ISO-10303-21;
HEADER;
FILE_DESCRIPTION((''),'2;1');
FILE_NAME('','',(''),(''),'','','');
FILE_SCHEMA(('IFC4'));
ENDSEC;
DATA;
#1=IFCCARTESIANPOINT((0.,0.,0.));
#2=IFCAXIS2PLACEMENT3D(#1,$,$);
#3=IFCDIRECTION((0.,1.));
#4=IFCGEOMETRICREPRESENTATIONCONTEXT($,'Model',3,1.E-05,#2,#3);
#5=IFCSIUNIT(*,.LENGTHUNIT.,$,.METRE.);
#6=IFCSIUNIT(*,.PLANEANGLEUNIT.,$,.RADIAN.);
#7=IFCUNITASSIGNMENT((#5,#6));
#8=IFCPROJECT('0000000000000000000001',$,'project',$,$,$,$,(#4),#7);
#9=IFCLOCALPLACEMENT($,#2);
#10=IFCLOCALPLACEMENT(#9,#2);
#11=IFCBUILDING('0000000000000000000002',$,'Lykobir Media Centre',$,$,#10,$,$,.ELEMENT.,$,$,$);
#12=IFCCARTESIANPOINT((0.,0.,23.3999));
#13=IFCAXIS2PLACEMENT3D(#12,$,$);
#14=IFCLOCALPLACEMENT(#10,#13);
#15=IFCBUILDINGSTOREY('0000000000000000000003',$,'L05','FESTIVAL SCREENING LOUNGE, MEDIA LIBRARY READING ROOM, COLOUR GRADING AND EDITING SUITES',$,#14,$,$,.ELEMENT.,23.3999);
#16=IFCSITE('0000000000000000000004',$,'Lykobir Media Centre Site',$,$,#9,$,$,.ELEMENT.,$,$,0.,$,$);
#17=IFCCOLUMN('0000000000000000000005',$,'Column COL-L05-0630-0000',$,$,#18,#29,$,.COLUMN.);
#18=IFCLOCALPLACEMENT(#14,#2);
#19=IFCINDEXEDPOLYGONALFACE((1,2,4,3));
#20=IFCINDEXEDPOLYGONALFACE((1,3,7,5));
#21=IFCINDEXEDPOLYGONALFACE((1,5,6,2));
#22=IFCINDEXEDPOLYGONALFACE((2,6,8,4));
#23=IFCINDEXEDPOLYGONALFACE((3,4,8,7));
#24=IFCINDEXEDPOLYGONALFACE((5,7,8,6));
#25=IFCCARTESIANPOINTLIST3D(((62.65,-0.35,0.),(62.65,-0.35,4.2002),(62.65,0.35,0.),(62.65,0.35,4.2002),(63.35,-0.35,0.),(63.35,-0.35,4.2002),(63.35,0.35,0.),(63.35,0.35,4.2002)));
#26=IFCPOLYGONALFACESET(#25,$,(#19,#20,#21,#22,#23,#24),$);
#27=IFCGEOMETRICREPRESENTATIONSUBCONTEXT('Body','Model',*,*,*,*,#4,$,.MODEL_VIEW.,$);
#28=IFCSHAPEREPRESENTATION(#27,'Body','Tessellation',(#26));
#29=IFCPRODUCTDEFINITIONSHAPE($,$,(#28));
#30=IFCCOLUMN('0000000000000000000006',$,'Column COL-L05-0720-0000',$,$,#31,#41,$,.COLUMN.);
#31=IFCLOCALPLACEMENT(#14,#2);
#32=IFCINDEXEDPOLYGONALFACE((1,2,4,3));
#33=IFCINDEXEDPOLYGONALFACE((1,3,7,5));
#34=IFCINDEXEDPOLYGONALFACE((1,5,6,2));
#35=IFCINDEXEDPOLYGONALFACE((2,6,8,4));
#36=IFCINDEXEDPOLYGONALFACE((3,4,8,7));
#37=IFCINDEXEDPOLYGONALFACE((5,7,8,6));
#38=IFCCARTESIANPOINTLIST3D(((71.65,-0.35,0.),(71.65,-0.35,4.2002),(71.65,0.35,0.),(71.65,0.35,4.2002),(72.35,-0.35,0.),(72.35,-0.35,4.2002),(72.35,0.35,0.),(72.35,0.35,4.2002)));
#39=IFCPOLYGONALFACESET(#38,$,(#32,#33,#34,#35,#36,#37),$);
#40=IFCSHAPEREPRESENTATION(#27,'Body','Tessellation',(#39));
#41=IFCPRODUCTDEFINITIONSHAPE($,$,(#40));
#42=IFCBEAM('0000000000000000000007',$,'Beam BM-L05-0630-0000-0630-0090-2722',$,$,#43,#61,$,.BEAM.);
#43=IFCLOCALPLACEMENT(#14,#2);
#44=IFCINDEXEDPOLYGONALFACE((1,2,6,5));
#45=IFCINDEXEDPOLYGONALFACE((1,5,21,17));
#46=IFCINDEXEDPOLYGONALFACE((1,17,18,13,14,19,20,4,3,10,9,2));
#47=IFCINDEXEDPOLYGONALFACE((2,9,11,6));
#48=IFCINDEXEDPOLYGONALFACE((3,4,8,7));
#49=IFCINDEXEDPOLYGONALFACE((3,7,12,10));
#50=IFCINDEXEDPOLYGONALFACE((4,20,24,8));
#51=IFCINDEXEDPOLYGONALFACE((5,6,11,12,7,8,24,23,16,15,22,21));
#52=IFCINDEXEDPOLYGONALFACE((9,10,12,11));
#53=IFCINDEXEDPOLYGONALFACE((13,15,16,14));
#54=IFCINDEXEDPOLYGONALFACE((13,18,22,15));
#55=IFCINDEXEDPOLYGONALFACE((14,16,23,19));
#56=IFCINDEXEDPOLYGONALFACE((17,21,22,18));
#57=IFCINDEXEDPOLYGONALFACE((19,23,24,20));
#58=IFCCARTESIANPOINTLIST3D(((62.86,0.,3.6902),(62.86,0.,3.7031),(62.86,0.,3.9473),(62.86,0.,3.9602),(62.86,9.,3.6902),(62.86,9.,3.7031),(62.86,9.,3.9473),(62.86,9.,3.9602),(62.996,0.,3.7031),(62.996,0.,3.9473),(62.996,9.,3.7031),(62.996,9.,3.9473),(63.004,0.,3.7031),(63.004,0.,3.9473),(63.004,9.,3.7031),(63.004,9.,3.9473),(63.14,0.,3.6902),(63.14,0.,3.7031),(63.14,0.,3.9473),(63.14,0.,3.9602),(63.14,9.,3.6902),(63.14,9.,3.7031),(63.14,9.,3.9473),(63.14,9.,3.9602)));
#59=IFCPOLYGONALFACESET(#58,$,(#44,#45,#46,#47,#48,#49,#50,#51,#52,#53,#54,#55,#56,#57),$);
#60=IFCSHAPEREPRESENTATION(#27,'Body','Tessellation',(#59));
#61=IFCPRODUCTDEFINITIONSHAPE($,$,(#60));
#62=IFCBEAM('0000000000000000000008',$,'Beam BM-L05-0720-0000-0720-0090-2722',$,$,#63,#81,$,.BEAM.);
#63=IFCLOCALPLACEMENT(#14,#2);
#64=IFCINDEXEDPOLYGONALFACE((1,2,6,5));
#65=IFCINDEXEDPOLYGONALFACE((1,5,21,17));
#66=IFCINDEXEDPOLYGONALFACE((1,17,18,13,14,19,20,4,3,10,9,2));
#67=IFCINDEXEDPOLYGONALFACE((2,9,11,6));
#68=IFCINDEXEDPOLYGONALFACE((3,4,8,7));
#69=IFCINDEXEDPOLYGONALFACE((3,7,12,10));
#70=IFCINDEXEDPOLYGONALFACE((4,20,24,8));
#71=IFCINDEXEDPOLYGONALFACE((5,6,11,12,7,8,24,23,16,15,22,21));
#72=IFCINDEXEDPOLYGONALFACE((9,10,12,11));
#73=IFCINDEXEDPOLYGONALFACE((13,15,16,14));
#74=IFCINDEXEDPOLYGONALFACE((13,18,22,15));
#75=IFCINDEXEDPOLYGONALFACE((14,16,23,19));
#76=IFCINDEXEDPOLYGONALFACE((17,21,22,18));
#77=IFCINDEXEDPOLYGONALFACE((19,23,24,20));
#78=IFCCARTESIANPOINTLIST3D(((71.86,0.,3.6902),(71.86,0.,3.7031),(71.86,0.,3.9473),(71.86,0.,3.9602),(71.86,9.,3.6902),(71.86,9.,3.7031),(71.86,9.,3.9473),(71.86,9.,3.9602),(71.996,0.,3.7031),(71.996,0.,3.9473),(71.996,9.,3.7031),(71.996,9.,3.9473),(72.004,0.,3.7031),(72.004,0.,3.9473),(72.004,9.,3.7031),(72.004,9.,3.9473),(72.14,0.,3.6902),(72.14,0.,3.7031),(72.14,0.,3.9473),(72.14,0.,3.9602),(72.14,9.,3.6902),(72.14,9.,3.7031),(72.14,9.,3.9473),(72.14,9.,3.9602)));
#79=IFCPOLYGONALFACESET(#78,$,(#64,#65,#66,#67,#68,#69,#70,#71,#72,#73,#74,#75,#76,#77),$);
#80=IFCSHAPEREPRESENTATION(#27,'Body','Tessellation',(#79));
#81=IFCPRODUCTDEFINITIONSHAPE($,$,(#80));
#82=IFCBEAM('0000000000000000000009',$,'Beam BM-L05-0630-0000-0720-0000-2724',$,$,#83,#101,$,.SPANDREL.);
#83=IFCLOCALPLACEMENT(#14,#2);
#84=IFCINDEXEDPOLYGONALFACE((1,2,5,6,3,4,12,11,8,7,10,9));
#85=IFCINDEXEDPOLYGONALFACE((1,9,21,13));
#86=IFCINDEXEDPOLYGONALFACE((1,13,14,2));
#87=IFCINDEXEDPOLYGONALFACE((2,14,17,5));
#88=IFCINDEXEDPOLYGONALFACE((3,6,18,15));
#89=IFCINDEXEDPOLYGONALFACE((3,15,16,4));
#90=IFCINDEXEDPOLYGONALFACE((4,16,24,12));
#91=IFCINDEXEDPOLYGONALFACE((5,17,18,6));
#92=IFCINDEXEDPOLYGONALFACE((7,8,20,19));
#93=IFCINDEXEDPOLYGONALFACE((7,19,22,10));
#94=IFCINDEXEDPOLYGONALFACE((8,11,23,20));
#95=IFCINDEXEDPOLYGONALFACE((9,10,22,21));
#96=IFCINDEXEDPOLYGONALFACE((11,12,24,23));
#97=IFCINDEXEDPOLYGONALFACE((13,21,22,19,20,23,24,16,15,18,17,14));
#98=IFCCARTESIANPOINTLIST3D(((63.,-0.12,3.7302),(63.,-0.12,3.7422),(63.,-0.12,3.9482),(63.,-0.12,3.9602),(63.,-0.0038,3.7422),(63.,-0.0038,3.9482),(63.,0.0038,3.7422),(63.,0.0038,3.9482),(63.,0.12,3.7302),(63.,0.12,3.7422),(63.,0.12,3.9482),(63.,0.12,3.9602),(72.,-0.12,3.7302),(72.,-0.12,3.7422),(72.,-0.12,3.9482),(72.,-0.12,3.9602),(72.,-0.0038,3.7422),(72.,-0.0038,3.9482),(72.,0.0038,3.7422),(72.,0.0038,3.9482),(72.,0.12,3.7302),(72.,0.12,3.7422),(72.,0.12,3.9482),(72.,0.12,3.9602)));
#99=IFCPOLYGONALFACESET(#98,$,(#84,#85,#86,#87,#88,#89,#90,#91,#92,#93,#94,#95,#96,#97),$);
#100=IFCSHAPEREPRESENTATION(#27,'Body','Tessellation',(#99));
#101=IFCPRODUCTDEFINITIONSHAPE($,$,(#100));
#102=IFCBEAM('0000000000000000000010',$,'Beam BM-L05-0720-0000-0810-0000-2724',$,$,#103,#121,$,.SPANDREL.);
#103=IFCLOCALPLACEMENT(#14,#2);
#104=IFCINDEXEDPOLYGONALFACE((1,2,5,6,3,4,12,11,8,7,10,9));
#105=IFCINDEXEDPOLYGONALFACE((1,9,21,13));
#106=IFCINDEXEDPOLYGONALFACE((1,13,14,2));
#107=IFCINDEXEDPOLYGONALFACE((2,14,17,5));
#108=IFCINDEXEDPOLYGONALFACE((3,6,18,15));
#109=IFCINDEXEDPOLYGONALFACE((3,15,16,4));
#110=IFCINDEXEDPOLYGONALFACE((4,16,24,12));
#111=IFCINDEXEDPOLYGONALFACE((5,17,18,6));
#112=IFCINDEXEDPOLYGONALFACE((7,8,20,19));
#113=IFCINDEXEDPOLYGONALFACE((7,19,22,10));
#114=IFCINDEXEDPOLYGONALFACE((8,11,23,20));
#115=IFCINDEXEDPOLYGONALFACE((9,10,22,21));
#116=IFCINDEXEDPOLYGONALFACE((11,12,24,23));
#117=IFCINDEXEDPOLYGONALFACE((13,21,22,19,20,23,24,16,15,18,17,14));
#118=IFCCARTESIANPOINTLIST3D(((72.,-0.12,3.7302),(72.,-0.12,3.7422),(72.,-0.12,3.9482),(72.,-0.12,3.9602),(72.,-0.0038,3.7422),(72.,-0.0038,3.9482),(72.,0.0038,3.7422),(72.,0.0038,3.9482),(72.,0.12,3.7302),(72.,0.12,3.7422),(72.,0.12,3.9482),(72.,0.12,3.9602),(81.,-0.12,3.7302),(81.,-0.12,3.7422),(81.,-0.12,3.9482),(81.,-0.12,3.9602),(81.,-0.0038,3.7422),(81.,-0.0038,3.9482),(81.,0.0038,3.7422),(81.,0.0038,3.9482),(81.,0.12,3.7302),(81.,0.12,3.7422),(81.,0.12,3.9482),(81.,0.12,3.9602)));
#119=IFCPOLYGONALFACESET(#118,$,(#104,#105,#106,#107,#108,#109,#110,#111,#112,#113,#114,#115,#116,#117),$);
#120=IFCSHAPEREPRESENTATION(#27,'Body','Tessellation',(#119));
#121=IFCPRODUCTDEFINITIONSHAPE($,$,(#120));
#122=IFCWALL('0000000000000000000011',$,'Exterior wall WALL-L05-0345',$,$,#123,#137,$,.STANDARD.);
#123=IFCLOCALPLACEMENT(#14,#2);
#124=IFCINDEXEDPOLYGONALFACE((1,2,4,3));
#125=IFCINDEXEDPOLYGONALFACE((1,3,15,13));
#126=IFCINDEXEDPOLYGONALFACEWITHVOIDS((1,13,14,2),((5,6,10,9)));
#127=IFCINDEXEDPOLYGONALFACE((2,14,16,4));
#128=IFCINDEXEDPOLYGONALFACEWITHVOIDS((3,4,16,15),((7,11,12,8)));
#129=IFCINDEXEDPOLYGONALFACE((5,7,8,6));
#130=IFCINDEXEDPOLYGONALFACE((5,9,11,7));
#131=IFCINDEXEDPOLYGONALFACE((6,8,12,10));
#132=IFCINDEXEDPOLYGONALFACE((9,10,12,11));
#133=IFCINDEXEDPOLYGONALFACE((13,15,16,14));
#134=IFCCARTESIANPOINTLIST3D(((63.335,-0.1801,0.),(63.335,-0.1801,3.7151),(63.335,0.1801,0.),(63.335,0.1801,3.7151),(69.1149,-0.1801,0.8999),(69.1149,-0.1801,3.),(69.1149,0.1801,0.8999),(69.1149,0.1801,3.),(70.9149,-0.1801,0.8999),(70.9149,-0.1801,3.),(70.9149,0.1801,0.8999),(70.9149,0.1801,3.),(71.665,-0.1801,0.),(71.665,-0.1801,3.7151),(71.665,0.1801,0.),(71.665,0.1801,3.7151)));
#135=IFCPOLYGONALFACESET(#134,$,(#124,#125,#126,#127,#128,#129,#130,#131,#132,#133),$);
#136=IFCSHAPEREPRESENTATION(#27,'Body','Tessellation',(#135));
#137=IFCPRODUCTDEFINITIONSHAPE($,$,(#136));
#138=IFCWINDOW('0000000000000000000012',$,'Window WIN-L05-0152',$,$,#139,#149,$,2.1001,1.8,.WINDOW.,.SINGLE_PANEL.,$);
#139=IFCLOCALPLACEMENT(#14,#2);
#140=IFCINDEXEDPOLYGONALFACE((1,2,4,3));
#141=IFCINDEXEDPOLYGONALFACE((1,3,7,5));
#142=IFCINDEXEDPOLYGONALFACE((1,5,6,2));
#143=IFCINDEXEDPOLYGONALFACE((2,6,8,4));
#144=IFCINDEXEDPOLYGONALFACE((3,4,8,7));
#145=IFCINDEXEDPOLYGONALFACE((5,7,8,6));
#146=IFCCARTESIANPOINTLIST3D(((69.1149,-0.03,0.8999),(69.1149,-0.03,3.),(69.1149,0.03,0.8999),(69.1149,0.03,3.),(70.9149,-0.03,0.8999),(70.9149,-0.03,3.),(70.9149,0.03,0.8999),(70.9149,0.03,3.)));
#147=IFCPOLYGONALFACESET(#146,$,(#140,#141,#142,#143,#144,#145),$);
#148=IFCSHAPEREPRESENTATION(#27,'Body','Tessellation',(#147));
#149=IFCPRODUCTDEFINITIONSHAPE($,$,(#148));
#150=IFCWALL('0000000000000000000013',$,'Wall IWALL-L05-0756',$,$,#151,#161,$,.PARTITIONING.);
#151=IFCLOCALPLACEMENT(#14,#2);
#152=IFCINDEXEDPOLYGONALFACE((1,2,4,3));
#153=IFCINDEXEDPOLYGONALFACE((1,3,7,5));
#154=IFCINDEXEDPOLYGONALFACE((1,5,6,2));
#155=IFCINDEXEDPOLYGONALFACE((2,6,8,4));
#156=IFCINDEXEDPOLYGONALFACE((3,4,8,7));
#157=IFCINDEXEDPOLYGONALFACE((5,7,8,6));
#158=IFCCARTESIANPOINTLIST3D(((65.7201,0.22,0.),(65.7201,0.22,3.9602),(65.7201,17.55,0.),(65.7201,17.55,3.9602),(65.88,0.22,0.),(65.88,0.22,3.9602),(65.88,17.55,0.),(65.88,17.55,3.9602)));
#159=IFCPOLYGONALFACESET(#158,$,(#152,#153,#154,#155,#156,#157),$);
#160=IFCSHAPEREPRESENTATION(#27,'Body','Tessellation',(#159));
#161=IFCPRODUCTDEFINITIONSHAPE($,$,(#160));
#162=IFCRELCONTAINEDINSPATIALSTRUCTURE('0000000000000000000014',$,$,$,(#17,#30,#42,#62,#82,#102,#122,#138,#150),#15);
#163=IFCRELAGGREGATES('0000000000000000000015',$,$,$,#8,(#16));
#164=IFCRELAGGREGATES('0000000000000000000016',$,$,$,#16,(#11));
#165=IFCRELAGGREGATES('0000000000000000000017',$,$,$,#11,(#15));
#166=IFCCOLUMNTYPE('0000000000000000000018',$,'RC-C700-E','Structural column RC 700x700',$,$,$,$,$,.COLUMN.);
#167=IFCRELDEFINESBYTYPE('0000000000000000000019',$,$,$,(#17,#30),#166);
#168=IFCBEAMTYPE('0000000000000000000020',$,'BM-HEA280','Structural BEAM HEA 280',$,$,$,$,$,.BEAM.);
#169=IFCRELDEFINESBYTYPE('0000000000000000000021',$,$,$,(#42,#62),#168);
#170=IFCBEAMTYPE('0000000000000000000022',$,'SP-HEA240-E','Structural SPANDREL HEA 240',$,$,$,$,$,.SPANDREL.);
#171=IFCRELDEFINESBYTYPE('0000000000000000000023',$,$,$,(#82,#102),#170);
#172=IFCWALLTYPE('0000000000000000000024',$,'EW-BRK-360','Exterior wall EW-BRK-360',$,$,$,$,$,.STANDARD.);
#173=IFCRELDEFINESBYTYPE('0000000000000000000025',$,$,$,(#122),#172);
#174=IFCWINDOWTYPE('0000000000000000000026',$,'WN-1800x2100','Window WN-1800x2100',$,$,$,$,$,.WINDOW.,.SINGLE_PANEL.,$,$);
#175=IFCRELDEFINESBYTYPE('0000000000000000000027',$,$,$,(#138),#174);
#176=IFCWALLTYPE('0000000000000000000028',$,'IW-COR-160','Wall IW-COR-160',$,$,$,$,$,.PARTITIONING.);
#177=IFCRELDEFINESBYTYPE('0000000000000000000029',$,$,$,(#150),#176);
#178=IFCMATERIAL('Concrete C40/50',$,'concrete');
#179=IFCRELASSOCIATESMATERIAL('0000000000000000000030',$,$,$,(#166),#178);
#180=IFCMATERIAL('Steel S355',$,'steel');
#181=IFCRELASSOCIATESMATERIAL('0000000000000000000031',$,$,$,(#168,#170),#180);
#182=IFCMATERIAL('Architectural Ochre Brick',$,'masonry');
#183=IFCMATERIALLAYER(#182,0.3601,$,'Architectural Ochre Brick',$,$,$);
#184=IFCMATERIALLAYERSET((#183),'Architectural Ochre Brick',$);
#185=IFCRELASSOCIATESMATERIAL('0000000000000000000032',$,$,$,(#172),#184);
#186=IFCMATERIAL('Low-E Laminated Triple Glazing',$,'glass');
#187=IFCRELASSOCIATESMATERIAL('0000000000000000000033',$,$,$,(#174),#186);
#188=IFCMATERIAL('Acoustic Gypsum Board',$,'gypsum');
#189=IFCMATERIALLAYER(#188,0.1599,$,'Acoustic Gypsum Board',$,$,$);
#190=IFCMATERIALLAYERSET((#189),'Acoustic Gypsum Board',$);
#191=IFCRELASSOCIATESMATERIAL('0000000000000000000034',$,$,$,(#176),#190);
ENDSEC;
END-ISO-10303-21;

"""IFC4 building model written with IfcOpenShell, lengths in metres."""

from ifc_helpers import new_model, si_unit, direction, frame, frame_2d, origin, origin_2d, place, context, subcontext, project, spatial, rectangle, i_section, extrude, material, layer, layer_set, material_profile, profile_set, type_object, element, fill, save


model = new_model("IFC4")

# Units and contexts
model_context = context("Model", 3, precision=1e-05, world=origin(), true_north=direction((0.0, 1.0)))
body_context = subcontext(model_context, "Body", "Model", "MODEL_VIEW")
ifc_project = project(units=[si_unit("LENGTHUNIT", "METRE"), si_unit("PLANEANGLEUNIT", "RADIAN")], contexts=[model_context])

# Site, building, storey
site_placement = place(None, origin())
site = spatial("IfcSite", under=ifc_project, at=site_placement, Name="Lykobir Media Centre Site", CompositionType="ELEMENT", RefElevation=0.0)
building_placement = place(site_placement, origin())
building = spatial("IfcBuilding", under=site, at=building_placement, Name="Lykobir Media Centre", CompositionType="ELEMENT")
storey_placement = place(building_placement, frame((0.0, 0.0, 23.3999)))
storey = spatial("IfcBuildingStorey", under=building, at=storey_placement, Name="L05", Description="FESTIVAL SCREENING LOUNGE, MEDIA LIBRARY READING ROOM, COLOUR GRADING AND EDITING SUITES", CompositionType="ELEMENT", Elevation=23.3999)

# Columns
ifc_material_1 = material(Name="Concrete C40/50", Category="concrete")
ifc_material_profile_1 = material_profile(ifc_material_1, rectangle(XDim=0.7, YDim=0.7, at=origin_2d()), Name="RC 700x700")
ifc_profile_set_1 = profile_set([ifc_material_profile_1], Name="Concrete C40/50")
column_type = type_object("IfcColumnType", Name="RC-C700-E", Description="Structural column RC 700x700", PredefinedType="COLUMN", material=ifc_profile_set_1)
for number, where, z_axis, x_axis, name in (
    (1, (63.0, 0.0, 0.0), (0.0, 0.0, 1.0), (1.0, 0.0, 0.0), "Column COL-L05-0630-0000"),
    (2, (72.0, 0.0, 0.0), (0.0, 0.0, 1.0), (1.0, 0.0, 0.0), "Column COL-L05-0720-0000"),
):
    element("IfcColumn", number, at=place(storey_placement, frame(where, z_axis=z_axis, x_axis=x_axis)), inside=storey, type_object=column_type, Name=name, PredefinedType="COLUMN", context=body_context, shape_type="SweptSolid", body=[
        extrude(rectangle(XDim=0.7, YDim=0.7, at=origin_2d()), origin(), (0.0, 0.0, 1.0), 4.2002),
    ])

# Beams
ifc_material_2 = material(Name="Steel S355", Category="steel")
ifc_material_profile_2 = material_profile(ifc_material_2, i_section(OverallWidth=0.28, OverallDepth=0.27, WebThickness=0.0081, FlangeThickness=0.0129, at=origin_2d()), Name="HEA 280")
ifc_profile_set_2 = profile_set([ifc_material_profile_2], Name="Steel S355")
beam_type_1 = type_object("IfcBeamType", Name="BM-HEA280", Description="Structural BEAM HEA 280", PredefinedType="BEAM", material=ifc_profile_set_2)
for number, where, z_axis, x_axis, name in (
    (3, (63.0, 0.0, 3.8252), (0.0, 1.0, 0.0), (-1.0, 0.0, 0.0), "Beam BM-L05-0630-0000-0630-0090-2722"),
    (4, (72.0, 0.0, 3.8252), (0.0, 1.0, 0.0), (-1.0, 0.0, 0.0), "Beam BM-L05-0720-0000-0720-0090-2722"),
):
    element("IfcBeam", number, at=place(storey_placement, frame(where, z_axis=z_axis, x_axis=x_axis)), inside=storey, type_object=beam_type_1, Name=name, PredefinedType="BEAM", context=body_context, shape_type="SweptSolid", body=[
        extrude(i_section(OverallWidth=0.28, OverallDepth=0.27, WebThickness=0.0081, FlangeThickness=0.0129, at=origin_2d()), origin(), (0.0, 0.0, 1.0), 9.0),
    ])
ifc_material_profile_3 = material_profile(ifc_material_2, i_section(OverallWidth=0.24, OverallDepth=0.23, WebThickness=0.0076, FlangeThickness=0.012, at=origin_2d()), Name="HEA 240")
ifc_profile_set_3 = profile_set([ifc_material_profile_3], Name="Steel S355")
beam_type_2 = type_object("IfcBeamType", Name="SP-HEA240-E", Description="Structural SPANDREL HEA 240", PredefinedType="SPANDREL", material=ifc_profile_set_3)
for number, where, z_axis, x_axis, name in (
    (5, (63.0, 0.0, 3.8452), (1.0, 0.0, 0.0), (0.0, 1.0, 0.0), "Beam BM-L05-0630-0000-0720-0000-2724"),
    (6, (72.0, 0.0, 3.8452), (1.0, 0.0, 0.0), (0.0, 1.0, 0.0), "Beam BM-L05-0720-0000-0810-0000-2724"),
):
    element("IfcBeam", number, at=place(storey_placement, frame(where, z_axis=z_axis, x_axis=x_axis)), inside=storey, type_object=beam_type_2, Name=name, PredefinedType="SPANDREL", context=body_context, shape_type="SweptSolid", body=[
        extrude(i_section(OverallWidth=0.24, OverallDepth=0.23, WebThickness=0.0076, FlangeThickness=0.012, at=origin_2d()), origin(), (0.0, 0.0, 1.0), 9.0),
    ])

# Wall, opening, window
ifc_material_3 = material(Name="Architectural Ochre Brick", Category="masonry")
ifc_layer_1 = layer(ifc_material_3, 0.3601, Name="Architectural Ochre Brick")
ifc_layer_set_1 = layer_set([ifc_layer_1], Name="Architectural Ochre Brick")
wall_type_1 = type_object("IfcWallType", Name="EW-BRK-360", Description="Exterior wall EW-BRK-360", PredefinedType="STANDARD", material=ifc_layer_set_1)
wall_1_placement = place(storey_placement, frame((63.335, 0.0, 0.0), z_axis=(0.0, 0.0, 1.0), x_axis=(1.0, 0.0, 0.0)))
wall_1 = element("IfcWall", 7, at=wall_1_placement, inside=storey, type_object=wall_type_1, Name="Exterior wall WALL-L05-0345", PredefinedType="STANDARD", context=body_context, shape_type="SweptSolid", body=[
    extrude(rectangle(XDim=8.3301, YDim=0.3601, at=frame_2d((4.165, 0.0))), origin(), (0.0, 0.0, 1.0), 3.7151),
])
opening_1_placement = place(wall_1_placement, frame((5.78, 0.0, 0.8999)))
opening_1 = element("IfcOpeningElement", 8, at=opening_1_placement, cuts=wall_1, PredefinedType="OPENING", context=body_context, shape_type="SweptSolid", body=[
    extrude(rectangle(XDim=1.8, YDim=2.1001, at=frame_2d((0.8999, 1.05))), frame((0.0, 0.1899, 0.0), z_axis=(0.0, -1.0, 0.0), x_axis=(1.0, 0.0, 0.0)), (0.0, 0.0, 1.0), 0.3801),
])
ifc_material_4 = material(Name="Low-E Laminated Triple Glazing", Category="glass")
window_type = type_object("IfcWindowType", Name="WN-1800x2100", Description="Window WN-1800x2100", PartitioningType="SINGLE_PANEL", PredefinedType="WINDOW", material=ifc_material_4)
window_placement = place(opening_1_placement, origin())
window = element("IfcWindow", 9, at=window_placement, inside=storey, type_object=window_type, Name="Window WIN-L05-0152", OverallHeight=2.1001, OverallWidth=1.8, PartitioningType="SINGLE_PANEL", PredefinedType="WINDOW", context=body_context, shape_type="SweptSolid", body=[
    extrude(rectangle(XDim=1.8, YDim=2.1001, at=frame_2d((0.8999, 1.05))), frame((0.0, 0.03, 0.0), z_axis=(0.0, -1.0, 0.0), x_axis=(1.0, 0.0, 0.0)), (0.0, 0.0, 1.0), 0.0601),
])
fill(opening_1, window)

# Wall
ifc_material_5 = material(Name="Acoustic Gypsum Board", Category="gypsum")
ifc_layer_2 = layer(ifc_material_5, 0.1599, Name="Acoustic Gypsum Board")
ifc_layer_set_2 = layer_set([ifc_layer_2], Name="Acoustic Gypsum Board")
wall_type_2 = type_object("IfcWallType", Name="IW-COR-160", Description="Wall IW-COR-160", PredefinedType="PARTITIONING", material=ifc_layer_set_2)
wall_2_placement = place(storey_placement, frame((65.8, 0.22, 0.0), z_axis=(0.0, 0.0, 1.0), x_axis=(0.0, 1.0, 0.0)))
element("IfcWall", 10, at=wall_2_placement, inside=storey, type_object=wall_type_2, Name="Wall IWALL-L05-0756", PredefinedType="PARTITIONING", context=body_context, shape_type="SweptSolid", body=[
    extrude(rectangle(XDim=17.3301, YDim=0.1599, at=frame_2d((8.665, 0.0))), origin(), (0.0, 0.0, 1.0), 3.9602),
])

save(model, "model.ifc")
